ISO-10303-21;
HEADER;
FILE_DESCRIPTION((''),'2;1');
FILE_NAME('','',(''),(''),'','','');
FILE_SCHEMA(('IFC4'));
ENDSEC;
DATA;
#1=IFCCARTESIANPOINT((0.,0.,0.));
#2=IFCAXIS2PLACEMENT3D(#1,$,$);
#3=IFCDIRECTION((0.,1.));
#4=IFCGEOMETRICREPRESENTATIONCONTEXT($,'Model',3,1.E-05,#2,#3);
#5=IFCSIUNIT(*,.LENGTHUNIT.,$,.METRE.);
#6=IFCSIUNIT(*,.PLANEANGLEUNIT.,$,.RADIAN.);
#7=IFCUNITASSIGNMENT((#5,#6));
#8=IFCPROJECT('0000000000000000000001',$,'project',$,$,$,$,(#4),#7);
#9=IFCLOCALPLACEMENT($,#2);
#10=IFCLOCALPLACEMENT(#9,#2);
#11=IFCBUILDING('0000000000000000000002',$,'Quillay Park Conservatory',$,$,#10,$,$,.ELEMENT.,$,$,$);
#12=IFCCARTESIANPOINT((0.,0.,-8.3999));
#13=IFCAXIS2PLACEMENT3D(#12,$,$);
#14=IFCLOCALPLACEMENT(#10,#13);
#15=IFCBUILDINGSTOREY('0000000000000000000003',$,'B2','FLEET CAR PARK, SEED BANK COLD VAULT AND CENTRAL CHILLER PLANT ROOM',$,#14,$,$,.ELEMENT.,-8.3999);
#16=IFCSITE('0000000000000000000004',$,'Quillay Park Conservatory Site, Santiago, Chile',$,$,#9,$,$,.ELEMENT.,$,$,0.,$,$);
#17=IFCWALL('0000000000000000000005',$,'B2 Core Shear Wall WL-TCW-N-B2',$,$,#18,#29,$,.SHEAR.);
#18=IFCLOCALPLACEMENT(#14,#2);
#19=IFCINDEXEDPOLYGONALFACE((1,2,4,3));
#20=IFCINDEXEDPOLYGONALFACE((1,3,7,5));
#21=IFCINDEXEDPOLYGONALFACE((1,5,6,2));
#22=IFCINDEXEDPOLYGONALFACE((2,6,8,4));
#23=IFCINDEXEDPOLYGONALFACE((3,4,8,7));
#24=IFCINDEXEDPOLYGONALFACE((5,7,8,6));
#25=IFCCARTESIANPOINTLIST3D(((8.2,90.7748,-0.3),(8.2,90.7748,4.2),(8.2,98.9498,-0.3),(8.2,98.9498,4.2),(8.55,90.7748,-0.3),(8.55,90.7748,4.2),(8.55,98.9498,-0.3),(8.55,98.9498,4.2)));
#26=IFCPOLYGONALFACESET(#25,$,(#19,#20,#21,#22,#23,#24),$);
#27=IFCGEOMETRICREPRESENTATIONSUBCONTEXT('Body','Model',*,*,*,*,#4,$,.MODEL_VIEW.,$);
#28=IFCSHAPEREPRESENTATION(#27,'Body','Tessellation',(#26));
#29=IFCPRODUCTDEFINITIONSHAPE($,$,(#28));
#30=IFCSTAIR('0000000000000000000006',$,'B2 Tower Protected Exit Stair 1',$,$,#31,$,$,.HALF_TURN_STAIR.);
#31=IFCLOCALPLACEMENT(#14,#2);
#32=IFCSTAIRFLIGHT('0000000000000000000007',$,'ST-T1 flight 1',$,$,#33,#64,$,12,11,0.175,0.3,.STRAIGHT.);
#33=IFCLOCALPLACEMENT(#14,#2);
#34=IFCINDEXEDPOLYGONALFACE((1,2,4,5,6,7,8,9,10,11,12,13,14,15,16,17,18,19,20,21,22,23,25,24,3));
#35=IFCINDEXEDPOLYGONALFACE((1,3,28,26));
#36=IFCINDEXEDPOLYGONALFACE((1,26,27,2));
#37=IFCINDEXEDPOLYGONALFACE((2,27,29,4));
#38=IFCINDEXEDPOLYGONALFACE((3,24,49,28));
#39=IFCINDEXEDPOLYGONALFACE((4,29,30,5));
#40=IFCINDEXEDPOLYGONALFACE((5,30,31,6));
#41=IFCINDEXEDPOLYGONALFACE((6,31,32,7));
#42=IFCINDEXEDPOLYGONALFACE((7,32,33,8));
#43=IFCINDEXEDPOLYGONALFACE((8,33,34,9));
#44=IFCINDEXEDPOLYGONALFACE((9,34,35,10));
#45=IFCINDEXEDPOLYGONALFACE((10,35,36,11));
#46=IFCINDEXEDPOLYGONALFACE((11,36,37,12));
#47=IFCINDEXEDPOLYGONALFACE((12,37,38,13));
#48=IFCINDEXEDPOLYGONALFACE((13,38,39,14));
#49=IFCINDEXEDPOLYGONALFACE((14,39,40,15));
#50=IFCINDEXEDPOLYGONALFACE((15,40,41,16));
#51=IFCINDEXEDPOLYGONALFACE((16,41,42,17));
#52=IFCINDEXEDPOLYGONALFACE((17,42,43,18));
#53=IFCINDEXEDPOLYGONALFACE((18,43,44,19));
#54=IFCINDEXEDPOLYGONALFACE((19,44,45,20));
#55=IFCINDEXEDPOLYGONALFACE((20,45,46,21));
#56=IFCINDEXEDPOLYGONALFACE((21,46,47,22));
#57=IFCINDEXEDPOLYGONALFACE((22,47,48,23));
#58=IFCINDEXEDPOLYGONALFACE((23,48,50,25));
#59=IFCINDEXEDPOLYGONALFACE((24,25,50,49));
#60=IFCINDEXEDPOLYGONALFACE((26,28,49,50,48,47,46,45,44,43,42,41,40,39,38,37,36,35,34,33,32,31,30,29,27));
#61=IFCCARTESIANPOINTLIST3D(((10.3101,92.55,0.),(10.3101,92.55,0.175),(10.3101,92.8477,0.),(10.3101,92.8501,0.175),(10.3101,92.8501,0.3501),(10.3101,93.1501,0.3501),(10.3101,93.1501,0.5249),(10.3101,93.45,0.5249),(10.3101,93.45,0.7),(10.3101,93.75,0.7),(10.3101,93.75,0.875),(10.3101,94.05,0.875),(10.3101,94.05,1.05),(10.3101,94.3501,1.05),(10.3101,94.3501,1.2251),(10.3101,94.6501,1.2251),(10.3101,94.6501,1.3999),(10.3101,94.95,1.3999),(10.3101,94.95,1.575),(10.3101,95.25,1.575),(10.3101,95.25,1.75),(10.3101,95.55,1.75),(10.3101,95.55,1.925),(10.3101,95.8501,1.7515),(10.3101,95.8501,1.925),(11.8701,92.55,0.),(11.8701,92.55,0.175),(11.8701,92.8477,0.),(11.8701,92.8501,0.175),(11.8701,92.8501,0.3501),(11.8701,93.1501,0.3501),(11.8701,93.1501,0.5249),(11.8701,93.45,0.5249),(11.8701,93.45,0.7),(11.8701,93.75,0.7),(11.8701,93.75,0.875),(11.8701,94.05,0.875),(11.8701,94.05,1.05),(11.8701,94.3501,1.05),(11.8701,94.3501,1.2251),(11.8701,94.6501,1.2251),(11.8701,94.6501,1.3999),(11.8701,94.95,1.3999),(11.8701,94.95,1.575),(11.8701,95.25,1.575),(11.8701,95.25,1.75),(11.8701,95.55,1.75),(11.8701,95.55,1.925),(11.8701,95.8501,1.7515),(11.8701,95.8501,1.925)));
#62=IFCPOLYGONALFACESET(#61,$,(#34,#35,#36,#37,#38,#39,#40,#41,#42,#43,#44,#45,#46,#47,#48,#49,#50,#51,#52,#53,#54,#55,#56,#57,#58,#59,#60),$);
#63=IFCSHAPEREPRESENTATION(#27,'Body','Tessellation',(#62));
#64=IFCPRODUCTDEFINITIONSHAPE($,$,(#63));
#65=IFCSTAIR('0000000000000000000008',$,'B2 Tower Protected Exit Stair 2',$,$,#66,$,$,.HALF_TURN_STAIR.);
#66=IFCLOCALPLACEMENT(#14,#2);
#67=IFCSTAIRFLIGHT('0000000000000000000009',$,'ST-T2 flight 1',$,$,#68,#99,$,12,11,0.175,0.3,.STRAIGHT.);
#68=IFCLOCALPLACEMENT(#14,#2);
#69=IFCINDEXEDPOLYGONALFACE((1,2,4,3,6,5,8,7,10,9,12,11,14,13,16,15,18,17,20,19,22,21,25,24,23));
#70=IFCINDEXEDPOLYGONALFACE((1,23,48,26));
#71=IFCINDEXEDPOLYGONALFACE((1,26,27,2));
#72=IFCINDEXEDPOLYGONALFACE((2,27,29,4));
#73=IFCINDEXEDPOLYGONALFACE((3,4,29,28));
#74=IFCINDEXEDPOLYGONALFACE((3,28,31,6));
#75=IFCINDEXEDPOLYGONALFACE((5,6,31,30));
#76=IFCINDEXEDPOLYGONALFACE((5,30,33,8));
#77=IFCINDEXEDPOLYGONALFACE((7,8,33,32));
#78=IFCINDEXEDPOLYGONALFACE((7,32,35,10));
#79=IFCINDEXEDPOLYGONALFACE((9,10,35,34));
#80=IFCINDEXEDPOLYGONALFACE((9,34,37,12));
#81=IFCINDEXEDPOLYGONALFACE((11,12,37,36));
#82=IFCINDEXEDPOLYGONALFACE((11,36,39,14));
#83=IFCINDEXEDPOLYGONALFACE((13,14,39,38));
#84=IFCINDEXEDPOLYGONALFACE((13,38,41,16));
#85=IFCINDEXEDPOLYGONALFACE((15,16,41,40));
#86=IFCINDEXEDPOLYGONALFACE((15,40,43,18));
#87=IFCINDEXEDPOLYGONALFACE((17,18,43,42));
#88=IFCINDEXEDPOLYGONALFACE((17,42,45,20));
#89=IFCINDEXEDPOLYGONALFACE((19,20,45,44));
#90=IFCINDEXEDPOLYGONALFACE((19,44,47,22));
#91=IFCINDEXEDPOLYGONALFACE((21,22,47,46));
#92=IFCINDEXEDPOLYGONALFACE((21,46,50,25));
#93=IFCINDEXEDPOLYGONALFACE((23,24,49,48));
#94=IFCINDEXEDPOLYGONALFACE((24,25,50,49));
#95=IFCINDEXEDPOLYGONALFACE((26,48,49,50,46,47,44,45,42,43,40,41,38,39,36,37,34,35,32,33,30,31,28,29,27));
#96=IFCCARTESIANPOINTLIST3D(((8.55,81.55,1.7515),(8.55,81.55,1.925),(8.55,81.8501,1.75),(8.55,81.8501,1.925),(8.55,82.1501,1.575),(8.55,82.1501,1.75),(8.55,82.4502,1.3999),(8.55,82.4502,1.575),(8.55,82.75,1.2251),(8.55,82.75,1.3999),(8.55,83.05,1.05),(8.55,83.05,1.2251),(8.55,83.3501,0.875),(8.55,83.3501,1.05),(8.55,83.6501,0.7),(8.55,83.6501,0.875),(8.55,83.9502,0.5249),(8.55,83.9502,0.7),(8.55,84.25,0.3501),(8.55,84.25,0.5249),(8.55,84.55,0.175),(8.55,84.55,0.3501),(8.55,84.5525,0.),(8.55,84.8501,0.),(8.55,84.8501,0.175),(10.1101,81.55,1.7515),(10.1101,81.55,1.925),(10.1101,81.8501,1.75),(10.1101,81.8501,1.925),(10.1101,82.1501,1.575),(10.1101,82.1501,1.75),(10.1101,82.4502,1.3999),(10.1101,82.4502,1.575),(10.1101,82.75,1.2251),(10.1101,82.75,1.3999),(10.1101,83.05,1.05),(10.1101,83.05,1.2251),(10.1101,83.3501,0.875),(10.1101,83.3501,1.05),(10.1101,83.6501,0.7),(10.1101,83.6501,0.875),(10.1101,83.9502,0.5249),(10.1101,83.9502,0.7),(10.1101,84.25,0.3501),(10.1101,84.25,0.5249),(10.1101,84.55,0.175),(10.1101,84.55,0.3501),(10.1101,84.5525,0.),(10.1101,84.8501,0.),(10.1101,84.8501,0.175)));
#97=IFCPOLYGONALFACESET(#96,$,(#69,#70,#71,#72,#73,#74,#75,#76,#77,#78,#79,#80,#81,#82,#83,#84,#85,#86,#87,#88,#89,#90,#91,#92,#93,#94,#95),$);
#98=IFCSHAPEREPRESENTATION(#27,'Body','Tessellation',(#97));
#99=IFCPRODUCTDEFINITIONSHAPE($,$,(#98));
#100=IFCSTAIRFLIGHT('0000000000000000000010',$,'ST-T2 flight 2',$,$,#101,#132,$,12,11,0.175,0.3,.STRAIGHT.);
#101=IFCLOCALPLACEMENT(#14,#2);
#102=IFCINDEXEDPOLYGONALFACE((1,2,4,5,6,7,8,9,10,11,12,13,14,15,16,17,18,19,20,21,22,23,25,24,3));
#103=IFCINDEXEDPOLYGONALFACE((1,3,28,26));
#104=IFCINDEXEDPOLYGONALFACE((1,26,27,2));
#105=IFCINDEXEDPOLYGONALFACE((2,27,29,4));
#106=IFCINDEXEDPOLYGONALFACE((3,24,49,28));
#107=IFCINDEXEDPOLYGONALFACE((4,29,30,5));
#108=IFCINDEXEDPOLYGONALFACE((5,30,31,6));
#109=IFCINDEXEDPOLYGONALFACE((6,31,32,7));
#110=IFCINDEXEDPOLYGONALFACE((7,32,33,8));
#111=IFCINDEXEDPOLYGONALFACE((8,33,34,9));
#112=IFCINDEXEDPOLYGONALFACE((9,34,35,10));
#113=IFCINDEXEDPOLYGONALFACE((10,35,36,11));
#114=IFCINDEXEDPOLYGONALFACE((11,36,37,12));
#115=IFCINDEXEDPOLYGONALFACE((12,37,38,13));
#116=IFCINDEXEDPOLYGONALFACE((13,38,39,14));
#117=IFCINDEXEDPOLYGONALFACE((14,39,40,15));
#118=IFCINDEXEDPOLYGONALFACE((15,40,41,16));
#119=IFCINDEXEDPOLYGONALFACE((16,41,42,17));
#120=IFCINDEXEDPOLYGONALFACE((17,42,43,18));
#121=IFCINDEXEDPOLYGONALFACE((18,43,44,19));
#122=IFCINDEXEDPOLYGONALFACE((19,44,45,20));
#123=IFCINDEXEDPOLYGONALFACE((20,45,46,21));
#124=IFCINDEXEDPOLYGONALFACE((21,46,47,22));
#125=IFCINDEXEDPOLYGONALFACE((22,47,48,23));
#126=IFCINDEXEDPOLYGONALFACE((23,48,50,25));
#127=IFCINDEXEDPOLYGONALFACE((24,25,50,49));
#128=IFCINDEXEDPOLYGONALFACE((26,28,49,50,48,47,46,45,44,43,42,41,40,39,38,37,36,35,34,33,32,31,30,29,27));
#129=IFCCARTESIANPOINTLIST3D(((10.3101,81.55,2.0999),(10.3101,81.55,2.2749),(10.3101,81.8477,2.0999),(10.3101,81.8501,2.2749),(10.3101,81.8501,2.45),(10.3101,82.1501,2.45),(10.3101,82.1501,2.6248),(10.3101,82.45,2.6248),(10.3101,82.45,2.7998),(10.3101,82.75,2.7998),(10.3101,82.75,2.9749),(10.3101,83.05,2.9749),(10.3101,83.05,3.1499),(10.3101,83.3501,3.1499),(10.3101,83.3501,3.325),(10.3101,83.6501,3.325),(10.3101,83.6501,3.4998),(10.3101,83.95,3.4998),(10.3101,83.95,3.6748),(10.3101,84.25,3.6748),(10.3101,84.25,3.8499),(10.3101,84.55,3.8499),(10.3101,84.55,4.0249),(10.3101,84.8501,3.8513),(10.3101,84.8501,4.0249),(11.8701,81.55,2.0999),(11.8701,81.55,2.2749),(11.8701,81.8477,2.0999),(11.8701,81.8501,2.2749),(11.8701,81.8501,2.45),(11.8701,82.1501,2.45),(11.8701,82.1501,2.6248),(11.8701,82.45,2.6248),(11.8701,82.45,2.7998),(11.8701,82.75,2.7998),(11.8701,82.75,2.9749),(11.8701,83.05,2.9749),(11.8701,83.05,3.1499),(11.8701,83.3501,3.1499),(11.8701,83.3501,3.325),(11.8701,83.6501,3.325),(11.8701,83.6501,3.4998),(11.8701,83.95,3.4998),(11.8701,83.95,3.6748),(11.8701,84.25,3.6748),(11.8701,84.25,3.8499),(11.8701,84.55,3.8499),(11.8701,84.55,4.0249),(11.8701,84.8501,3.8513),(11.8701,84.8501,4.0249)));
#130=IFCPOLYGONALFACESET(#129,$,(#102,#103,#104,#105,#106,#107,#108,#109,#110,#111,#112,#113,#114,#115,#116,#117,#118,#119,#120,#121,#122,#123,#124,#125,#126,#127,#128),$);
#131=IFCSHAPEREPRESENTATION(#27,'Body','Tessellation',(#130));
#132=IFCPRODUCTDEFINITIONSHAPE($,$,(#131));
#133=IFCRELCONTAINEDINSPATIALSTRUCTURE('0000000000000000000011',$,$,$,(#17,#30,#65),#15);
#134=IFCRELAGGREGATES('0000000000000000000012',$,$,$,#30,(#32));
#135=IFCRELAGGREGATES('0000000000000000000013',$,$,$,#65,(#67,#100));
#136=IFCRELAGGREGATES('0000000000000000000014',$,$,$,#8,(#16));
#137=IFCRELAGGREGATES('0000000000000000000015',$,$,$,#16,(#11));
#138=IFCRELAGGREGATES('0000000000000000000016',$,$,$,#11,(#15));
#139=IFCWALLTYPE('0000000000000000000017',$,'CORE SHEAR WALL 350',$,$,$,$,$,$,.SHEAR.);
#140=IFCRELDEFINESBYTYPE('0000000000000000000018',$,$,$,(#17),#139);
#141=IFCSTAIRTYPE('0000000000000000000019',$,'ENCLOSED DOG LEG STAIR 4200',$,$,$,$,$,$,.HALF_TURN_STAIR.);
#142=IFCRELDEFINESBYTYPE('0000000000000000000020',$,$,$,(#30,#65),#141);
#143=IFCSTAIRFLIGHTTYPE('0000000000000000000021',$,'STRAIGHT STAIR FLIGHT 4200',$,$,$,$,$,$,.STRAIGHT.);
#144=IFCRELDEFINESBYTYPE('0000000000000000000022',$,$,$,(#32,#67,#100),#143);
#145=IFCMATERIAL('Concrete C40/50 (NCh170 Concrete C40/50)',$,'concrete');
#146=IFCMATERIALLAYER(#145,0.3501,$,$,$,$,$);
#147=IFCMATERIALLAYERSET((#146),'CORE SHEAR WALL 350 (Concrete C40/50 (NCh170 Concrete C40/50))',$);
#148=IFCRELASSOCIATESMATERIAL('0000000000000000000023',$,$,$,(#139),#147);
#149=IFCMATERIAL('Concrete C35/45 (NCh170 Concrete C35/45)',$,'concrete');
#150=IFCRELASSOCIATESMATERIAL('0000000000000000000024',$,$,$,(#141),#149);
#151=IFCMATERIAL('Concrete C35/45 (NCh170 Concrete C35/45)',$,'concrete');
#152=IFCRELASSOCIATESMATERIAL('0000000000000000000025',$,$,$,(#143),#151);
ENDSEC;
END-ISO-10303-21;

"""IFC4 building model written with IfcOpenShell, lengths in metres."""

from ifc_helpers import new_model, si_unit, direction, frame, frame_2d, origin, place, context, subcontext, project, spatial, polyline, rectangle, outline, extrude, material, layer, layer_set, type_object, element, aggregate, save


model = new_model("IFC4")

# Units and contexts
model_context = context("Model", 3, precision=1e-05, world=origin(), true_north=direction((0.0, 1.0)))
body_context = subcontext(model_context, "Body", "Model", "MODEL_VIEW")
ifc_project = project(units=[si_unit("LENGTHUNIT", "METRE"), si_unit("PLANEANGLEUNIT", "RADIAN")], contexts=[model_context])

# Site, building, storey
site_placement = place(None, origin())
site = spatial("IfcSite", under=ifc_project, at=site_placement, Name="Quillay Park Conservatory Site, Santiago, Chile", CompositionType="ELEMENT", RefElevation=0.0)
building_placement = place(site_placement, origin())
building = spatial("IfcBuilding", under=site, at=building_placement, Name="Quillay Park Conservatory", CompositionType="ELEMENT")
storey_placement = place(building_placement, frame((0.0, 0.0, -8.3999)))
storey = spatial("IfcBuildingStorey", under=building, at=storey_placement, Name="B2", Description="FLEET CAR PARK, SEED BANK COLD VAULT AND CENTRAL CHILLER PLANT ROOM", CompositionType="ELEMENT", Elevation=-8.3999)

# Wall
ifc_material_1 = material(Name="Concrete C40/50 (NCh170 Concrete C40/50)", Category="concrete")
ifc_layer_1 = layer(ifc_material_1, 0.3501)
ifc_layer_set_1 = layer_set([ifc_layer_1], Name="CORE SHEAR WALL 350 (Concrete C40/50 (NCh170 Concrete C40/50))")
wall_type_1 = type_object("IfcWallType", Name="CORE SHEAR WALL 350", PredefinedType="SHEAR", material=ifc_layer_set_1)
wall_1_placement = place(storey_placement, frame((8.375, 90.7749, -0.3), z_axis=(0.0, 0.0, 1.0), x_axis=(0.0, 1.0, 0.0)))
element("IfcWall", 1, at=wall_1_placement, inside=storey, type_object=wall_type_1, Name="B2 Core Shear Wall WL-TCW-N-B2", PredefinedType="SHEAR", context=body_context, shape_type="SweptSolid", body=[
    extrude(rectangle(XDim=8.175, YDim=0.3501, at=frame_2d((4.0874, 0.0))), origin(), (0.0, 0.0, 1.0), 4.5),
])

# Stair, stair flight
ifc_material_2 = material(Name="Concrete C35/45 (NCh170 Concrete C35/45)", Category="concrete")
stair_type = type_object("IfcStairType", Name="ENCLOSED DOG LEG STAIR 4200", PredefinedType="HALF_TURN_STAIR", material=ifc_material_2)
stair_1_placement = place(storey_placement, origin())
stair_1 = element("IfcStair", 2, at=stair_1_placement, inside=storey, type_object=stair_type, Name="B2 Tower Protected Exit Stair 1", PredefinedType="HALF_TURN_STAIR")
ifc_material_3 = material(Name="Concrete C35/45 (NCh170 Concrete C35/45)", Category="concrete")
stair_flight_type = type_object("IfcStairFlightType", Name="STRAIGHT STAIR FLIGHT 4200", PredefinedType="STRAIGHT", material=ifc_material_3)
stair_flight_1_placement = place(storey_placement, frame((11.0901, 92.55, 0.0), z_axis=(0.0, 0.0, 1.0), x_axis=(0.0, 1.0, 0.0)))
stair_flight_1 = element("IfcStairFlight", 3, at=stair_flight_1_placement, type_object=stair_flight_type, Name="ST-T1 flight 1", NumberOfRisers=12, NumberOfTreads=11, PredefinedType="STRAIGHT", RiserHeight=0.175, TreadLength=0.3, context=body_context, shape_type="SweptSolid", body=[
    extrude(outline(polyline([(0.0, 0.0), (0.0, 0.175), (0.3, 0.175), (0.3, 0.3501), (0.6001, 0.3501), (0.6001, 0.5249), (0.8999, 0.5249), (0.8999, 0.7), (1.2, 0.7), (1.2, 0.875), (1.5, 0.875), (1.5, 1.05), (1.8, 1.05), (1.8, 1.2251), (2.1001, 1.2251), (2.1001, 1.3999), (2.3999, 1.3999), (2.3999, 1.575), (2.7, 1.575), (2.7, 1.75), (3.0, 1.75), (3.0, 1.925), (3.3, 1.925), (3.3, 2.1001), (3.3, 1.7515), (0.2976, 0.0), (0.0, 0.0)])), frame((0.0, 0.78, 0.0), z_axis=(0.0, -1.0, 0.0), x_axis=(1.0, 0.0, 0.0)), (0.0, 0.0, 1.0), 1.5601),
])
aggregate(stair_1, [stair_flight_1])

# Stair, stair flights
stair_2_placement = place(storey_placement, origin())
stair_2 = element("IfcStair", 4, at=stair_2_placement, inside=storey, type_object=stair_type, Name="B2 Tower Protected Exit Stair 2", PredefinedType="HALF_TURN_STAIR")
stair_flight_2_placement = place(storey_placement, frame((9.3301, 84.8501, 0.0), z_axis=(0.0, 0.0, 1.0), x_axis=(0.0, -1.0, 0.0)))
stair_flight_2 = element("IfcStairFlight", 5, at=stair_flight_2_placement, type_object=stair_flight_type, Name="ST-T2 flight 1", NumberOfRisers=12, NumberOfTreads=11, PredefinedType="STRAIGHT", RiserHeight=0.175, TreadLength=0.3, context=body_context, shape_type="SweptSolid", body=[
    extrude(outline(polyline([(0.0, 0.0), (0.0, 0.175), (0.3, 0.175), (0.3, 0.3501), (0.6001, 0.3501), (0.6001, 0.5249), (0.8999, 0.5249), (0.8999, 0.7), (1.2, 0.7), (1.2, 0.875), (1.5, 0.875), (1.5, 1.05), (1.8, 1.05), (1.8, 1.2251), (2.1001, 1.2251), (2.1001, 1.3999), (2.3999, 1.3999), (2.3999, 1.575), (2.7, 1.575), (2.7, 1.75), (3.0, 1.75), (3.0, 1.925), (3.3, 1.925), (3.3, 2.1001), (3.3, 1.7515), (0.2976, 0.0), (0.0, 0.0)])), frame((0.0, 0.78, 0.0), z_axis=(0.0, -1.0, 0.0), x_axis=(1.0, 0.0, 0.0)), (0.0, 0.0, 1.0), 1.5601),
])
stair_flight_3_placement = place(storey_placement, frame((11.0901, 81.55, 2.0999), z_axis=(0.0, 0.0, 1.0), x_axis=(0.0, 1.0, 0.0)))
stair_flight_3 = element("IfcStairFlight", 6, at=stair_flight_3_placement, type_object=stair_flight_type, Name="ST-T2 flight 2", NumberOfRisers=12, NumberOfTreads=11, PredefinedType="STRAIGHT", RiserHeight=0.175, TreadLength=0.3, context=body_context, shape_type="SweptSolid", body=[
    extrude(outline(polyline([(0.0, 0.0), (0.0, 0.175), (0.3, 0.175), (0.3, 0.3501), (0.6001, 0.3501), (0.6001, 0.5249), (0.8999, 0.5249), (0.8999, 0.7), (1.2, 0.7), (1.2, 0.875), (1.5, 0.875), (1.5, 1.05), (1.8, 1.05), (1.8, 1.2251), (2.1001, 1.2251), (2.1001, 1.3999), (2.3999, 1.3999), (2.3999, 1.575), (2.7, 1.575), (2.7, 1.75), (3.0, 1.75), (3.0, 1.925), (3.3, 1.925), (3.3, 2.1001), (3.3, 1.7515), (0.2976, 0.0), (0.0, 0.0)])), frame((0.0, 0.78, 0.0), z_axis=(0.0, -1.0, 0.0), x_axis=(1.0, 0.0, 0.0)), (0.0, 0.0, 1.0), 1.5601),
])
aggregate(stair_2, [stair_flight_2, stair_flight_3])

save(model, "model.ifc")
